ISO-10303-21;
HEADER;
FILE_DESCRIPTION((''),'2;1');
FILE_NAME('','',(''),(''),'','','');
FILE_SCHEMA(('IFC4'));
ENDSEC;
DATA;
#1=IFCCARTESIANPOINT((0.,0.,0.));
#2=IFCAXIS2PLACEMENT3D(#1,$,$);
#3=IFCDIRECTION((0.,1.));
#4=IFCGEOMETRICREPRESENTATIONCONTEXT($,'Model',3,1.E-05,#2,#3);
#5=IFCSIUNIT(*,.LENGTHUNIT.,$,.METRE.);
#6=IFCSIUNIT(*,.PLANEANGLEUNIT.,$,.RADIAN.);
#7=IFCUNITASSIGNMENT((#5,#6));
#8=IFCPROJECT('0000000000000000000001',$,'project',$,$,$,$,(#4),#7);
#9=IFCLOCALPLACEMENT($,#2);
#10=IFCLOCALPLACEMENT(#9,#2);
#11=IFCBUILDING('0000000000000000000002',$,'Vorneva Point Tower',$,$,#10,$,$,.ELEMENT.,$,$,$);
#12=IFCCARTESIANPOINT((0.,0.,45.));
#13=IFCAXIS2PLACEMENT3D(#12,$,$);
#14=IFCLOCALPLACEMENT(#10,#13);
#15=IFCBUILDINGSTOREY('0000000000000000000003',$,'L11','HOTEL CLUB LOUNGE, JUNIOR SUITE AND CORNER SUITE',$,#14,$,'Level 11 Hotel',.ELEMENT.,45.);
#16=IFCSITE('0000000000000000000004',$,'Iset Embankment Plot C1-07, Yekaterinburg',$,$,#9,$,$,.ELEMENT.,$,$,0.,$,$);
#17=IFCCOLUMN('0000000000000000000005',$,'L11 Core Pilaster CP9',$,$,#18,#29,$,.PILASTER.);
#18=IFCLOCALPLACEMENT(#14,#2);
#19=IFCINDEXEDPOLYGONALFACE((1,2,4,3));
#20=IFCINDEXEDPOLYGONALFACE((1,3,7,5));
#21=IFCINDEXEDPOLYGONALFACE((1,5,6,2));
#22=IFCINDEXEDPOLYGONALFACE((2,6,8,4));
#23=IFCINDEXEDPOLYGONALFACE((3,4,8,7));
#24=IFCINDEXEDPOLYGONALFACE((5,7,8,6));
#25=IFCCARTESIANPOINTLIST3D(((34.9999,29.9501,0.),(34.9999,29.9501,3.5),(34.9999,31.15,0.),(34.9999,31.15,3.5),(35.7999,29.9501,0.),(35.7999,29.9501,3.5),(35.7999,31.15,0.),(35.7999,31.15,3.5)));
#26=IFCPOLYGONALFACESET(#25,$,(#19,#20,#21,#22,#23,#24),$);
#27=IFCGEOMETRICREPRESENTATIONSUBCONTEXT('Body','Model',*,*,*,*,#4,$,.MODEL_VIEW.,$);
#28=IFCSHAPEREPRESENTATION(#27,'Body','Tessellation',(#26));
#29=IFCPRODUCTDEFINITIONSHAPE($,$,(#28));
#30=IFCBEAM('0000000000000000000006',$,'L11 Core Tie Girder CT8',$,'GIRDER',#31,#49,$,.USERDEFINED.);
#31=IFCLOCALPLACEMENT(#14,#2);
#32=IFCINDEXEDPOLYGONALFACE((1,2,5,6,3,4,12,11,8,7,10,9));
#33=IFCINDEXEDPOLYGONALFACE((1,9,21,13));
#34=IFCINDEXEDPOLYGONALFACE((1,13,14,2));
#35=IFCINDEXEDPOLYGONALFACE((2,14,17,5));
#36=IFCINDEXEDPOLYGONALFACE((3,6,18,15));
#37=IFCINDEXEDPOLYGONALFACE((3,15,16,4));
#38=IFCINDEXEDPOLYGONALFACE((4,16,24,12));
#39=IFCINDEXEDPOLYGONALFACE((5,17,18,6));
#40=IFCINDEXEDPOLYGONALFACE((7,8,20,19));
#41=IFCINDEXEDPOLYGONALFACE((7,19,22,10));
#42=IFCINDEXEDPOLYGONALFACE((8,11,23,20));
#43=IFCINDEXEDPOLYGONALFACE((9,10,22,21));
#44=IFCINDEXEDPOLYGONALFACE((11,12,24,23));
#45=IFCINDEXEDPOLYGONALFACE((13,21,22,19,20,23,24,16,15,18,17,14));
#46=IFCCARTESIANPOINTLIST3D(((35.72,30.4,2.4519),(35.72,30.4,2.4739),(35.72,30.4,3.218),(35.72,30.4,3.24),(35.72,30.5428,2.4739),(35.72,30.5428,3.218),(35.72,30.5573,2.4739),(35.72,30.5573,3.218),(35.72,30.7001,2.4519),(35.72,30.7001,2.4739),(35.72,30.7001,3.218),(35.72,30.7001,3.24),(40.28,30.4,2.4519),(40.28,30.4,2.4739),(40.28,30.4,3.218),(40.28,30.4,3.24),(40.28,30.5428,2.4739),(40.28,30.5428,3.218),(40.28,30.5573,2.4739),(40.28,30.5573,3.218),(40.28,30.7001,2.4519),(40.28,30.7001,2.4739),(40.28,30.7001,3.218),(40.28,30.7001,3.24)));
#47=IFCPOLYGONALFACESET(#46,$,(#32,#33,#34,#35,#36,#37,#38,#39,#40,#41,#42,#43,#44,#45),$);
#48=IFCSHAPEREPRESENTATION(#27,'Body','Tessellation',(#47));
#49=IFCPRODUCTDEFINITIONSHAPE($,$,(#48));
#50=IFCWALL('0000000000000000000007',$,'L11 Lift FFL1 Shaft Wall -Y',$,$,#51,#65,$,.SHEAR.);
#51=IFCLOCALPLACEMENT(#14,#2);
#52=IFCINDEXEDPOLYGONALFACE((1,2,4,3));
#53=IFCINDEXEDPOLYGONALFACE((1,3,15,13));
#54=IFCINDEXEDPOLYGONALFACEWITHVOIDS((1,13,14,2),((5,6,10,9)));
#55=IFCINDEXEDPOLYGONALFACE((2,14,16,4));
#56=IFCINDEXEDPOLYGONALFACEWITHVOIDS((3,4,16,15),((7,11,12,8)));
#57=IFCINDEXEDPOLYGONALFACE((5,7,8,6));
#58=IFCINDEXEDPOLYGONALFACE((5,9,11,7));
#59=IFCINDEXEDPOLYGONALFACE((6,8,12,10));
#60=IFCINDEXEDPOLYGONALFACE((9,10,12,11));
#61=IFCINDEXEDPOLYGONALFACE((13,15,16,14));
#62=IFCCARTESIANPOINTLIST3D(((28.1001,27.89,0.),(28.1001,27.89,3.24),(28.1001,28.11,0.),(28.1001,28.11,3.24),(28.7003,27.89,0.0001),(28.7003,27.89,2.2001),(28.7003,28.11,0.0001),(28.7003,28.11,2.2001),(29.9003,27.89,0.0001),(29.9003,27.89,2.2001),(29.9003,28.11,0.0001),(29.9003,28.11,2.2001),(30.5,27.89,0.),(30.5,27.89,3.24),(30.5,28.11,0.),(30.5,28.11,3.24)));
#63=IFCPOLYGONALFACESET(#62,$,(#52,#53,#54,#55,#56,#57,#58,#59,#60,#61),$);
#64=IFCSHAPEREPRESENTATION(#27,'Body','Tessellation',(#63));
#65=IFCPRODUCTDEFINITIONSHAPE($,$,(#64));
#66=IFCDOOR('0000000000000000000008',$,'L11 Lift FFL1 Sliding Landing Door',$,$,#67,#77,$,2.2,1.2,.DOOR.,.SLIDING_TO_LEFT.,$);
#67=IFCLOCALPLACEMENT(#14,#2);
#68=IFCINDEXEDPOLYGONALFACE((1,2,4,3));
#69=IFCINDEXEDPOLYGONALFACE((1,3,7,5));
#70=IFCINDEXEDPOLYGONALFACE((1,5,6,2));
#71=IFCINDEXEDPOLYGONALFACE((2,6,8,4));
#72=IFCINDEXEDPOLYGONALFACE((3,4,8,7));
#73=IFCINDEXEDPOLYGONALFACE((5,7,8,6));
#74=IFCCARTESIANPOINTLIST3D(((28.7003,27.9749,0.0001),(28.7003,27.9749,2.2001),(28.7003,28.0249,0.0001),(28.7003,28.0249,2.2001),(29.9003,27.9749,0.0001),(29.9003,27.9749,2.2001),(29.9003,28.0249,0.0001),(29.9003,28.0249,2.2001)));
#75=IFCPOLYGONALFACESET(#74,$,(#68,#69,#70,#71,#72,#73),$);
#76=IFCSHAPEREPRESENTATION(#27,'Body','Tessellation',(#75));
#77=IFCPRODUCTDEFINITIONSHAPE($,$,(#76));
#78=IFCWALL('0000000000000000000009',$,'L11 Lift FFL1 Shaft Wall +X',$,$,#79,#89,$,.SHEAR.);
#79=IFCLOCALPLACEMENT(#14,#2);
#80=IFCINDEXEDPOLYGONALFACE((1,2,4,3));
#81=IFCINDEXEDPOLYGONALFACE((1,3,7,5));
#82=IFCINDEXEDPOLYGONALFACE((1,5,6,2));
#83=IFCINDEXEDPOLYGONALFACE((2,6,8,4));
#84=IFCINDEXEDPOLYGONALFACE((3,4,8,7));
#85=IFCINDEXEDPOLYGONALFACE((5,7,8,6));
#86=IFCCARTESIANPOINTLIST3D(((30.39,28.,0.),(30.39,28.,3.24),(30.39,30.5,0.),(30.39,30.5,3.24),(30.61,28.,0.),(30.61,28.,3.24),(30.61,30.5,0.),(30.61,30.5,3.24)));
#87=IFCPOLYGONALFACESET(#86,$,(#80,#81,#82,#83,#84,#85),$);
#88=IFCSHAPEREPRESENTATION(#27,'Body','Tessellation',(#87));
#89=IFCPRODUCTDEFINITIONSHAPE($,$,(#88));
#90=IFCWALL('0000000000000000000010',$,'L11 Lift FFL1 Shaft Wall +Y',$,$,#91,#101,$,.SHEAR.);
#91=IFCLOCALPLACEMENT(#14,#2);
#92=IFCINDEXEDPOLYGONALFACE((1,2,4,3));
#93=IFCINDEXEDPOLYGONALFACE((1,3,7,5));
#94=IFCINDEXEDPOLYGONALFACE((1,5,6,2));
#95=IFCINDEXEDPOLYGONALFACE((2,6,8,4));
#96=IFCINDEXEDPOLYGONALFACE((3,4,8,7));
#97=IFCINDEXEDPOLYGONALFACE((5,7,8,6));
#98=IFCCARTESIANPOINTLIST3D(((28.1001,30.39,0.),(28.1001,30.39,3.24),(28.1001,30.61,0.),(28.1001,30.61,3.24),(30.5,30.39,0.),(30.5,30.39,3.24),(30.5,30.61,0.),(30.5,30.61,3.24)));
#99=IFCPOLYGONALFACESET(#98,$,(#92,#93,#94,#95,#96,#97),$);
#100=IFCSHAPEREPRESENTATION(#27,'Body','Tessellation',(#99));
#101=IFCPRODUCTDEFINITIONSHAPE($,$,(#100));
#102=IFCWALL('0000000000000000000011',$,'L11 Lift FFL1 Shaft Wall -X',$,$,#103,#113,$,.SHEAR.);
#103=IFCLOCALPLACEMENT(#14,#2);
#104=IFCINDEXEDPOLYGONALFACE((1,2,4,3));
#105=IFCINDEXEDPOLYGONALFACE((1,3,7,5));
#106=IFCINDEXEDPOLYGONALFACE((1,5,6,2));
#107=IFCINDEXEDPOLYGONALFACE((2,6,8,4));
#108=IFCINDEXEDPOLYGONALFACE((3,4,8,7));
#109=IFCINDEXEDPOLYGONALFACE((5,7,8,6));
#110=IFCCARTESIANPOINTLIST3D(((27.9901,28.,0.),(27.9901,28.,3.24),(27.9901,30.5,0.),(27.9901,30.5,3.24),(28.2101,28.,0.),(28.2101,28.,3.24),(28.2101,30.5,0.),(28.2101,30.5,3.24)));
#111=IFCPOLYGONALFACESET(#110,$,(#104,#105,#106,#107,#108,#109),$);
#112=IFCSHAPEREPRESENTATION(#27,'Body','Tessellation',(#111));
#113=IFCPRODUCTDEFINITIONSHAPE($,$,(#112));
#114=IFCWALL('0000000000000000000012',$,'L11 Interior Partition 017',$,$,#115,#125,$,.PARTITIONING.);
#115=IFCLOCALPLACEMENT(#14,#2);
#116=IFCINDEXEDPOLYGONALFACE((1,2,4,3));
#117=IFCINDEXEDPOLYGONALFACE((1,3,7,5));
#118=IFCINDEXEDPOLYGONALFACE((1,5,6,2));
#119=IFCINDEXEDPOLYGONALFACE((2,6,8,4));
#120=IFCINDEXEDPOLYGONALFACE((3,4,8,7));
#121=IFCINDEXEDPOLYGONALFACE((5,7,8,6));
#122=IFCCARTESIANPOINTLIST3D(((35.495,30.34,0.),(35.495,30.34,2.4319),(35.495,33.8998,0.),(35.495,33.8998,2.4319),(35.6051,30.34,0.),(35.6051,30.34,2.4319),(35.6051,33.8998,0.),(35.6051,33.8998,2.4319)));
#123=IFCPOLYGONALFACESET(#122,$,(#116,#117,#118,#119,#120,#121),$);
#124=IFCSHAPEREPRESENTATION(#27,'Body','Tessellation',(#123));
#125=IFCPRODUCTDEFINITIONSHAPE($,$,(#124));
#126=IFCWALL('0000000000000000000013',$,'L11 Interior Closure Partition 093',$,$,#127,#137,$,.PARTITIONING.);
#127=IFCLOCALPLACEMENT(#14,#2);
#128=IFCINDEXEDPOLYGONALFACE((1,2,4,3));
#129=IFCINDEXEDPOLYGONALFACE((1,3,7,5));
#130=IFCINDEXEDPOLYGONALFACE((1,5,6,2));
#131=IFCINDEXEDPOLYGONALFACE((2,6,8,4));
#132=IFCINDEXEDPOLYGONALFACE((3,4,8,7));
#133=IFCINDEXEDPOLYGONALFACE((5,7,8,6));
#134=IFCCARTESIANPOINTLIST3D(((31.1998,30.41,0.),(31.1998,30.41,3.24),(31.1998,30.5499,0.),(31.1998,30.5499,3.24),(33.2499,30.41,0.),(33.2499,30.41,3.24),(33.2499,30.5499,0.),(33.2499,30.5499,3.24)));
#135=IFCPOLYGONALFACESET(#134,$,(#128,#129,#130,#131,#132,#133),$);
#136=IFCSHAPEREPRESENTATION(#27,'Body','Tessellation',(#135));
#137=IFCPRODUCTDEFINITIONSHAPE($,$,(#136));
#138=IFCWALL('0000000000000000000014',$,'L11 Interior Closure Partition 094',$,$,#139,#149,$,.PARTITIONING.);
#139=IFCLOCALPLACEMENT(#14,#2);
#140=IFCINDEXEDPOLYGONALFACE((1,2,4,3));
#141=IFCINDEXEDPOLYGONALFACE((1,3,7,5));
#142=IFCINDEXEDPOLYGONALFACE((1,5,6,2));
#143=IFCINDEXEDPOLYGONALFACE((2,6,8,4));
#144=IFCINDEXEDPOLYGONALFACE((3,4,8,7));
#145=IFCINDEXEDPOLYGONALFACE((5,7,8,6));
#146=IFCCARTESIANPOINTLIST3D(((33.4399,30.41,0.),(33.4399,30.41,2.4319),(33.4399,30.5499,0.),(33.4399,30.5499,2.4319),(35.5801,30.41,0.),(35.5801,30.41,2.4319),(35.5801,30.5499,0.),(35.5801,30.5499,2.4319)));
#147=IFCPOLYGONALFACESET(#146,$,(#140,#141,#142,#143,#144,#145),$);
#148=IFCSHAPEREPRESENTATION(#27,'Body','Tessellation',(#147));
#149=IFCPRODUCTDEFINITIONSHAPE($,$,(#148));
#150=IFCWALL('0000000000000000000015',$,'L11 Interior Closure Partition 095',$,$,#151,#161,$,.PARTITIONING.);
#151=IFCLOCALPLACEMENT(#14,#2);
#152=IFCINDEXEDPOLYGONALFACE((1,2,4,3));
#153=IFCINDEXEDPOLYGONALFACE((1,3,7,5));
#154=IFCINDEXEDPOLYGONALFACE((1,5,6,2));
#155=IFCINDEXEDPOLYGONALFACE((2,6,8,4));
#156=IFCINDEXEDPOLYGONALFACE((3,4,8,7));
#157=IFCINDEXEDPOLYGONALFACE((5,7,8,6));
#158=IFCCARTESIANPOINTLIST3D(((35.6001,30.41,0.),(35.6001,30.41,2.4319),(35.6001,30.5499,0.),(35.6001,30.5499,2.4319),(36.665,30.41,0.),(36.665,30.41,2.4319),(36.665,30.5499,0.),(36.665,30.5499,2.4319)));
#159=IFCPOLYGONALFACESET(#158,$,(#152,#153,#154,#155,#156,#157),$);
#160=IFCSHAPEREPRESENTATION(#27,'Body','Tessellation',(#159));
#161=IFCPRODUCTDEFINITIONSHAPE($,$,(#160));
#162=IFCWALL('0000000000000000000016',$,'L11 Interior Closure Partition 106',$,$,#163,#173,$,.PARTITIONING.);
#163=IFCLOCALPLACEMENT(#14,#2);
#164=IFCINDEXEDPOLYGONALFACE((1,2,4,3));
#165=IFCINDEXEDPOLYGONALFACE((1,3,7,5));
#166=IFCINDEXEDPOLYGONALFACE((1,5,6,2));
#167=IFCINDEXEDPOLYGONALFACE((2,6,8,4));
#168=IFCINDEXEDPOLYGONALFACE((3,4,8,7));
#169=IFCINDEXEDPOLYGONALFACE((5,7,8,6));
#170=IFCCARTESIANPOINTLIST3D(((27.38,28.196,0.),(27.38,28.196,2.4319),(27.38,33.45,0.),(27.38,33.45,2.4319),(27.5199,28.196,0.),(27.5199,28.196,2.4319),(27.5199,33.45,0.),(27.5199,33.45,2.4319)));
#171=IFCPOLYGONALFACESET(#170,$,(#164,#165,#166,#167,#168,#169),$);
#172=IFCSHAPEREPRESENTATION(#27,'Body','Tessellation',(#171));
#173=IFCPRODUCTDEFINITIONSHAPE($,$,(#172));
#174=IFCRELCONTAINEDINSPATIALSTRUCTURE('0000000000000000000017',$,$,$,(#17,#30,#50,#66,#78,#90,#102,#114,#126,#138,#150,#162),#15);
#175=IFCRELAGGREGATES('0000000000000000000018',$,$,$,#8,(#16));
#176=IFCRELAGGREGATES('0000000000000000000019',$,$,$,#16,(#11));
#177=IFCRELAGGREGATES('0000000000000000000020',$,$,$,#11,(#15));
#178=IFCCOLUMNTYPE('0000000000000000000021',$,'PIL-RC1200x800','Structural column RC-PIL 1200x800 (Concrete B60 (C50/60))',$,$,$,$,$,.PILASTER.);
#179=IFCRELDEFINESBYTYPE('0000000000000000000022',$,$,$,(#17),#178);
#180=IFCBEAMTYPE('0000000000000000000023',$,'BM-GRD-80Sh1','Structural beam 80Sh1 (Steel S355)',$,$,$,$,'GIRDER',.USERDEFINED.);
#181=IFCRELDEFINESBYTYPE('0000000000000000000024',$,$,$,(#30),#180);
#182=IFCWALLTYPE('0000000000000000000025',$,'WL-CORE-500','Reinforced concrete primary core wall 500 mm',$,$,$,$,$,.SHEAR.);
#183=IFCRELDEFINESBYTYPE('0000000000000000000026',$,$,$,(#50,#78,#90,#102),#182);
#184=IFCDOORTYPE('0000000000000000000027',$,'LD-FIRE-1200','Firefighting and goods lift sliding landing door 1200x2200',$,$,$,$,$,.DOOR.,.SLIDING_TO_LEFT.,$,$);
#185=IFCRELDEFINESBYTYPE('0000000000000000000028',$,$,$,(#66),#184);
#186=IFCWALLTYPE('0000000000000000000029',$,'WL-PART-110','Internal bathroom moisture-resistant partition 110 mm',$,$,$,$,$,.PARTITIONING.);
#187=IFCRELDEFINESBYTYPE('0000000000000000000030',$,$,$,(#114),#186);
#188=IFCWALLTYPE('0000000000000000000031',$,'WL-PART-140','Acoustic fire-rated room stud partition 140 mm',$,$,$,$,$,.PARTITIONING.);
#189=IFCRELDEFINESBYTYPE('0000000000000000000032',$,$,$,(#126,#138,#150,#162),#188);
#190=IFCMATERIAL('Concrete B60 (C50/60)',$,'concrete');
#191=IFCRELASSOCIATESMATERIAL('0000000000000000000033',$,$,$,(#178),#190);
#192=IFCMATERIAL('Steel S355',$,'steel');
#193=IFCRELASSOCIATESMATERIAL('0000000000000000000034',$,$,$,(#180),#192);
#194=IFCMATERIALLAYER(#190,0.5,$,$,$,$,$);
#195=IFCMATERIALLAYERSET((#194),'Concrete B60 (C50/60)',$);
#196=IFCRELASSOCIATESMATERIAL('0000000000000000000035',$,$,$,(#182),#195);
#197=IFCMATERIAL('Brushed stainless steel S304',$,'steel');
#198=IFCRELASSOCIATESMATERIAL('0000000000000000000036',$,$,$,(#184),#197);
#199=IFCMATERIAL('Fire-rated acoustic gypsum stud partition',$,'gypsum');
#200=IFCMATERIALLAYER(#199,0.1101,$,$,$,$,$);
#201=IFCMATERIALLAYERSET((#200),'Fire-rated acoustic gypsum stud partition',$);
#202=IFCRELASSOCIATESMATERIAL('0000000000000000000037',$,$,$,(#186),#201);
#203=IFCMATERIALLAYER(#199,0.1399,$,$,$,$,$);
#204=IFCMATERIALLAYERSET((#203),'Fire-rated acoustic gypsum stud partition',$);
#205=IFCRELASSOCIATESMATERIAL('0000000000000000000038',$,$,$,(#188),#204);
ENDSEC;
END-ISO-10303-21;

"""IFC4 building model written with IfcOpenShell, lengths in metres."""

from ifc_helpers import new_model, si_unit, direction, frame, frame_2d, origin, origin_2d, place, context, subcontext, project, spatial, rectangle, i_section, extrude, material, layer, layer_set, material_profile, profile_set, type_object, element, fill, save


model = new_model("IFC4")

# Units and contexts
model_context = context("Model", 3, precision=1e-05, world=origin(), true_north=direction((0.0, 1.0)))
body_context = subcontext(model_context, "Body", "Model", "MODEL_VIEW")
ifc_project = project(units=[si_unit("LENGTHUNIT", "METRE"), si_unit("PLANEANGLEUNIT", "RADIAN")], contexts=[model_context])

# Site, building, storey
site_placement = place(None, origin())
site = spatial("IfcSite", under=ifc_project, at=site_placement, Name="Iset Embankment Plot C1-07, Yekaterinburg", CompositionType="ELEMENT", RefElevation=0.0)
building_placement = place(site_placement, origin())
building = spatial("IfcBuilding", under=site, at=building_placement, Name="Vorneva Point Tower", CompositionType="ELEMENT")
storey_placement = place(building_placement, frame((0.0, 0.0, 45.0)))
storey = spatial("IfcBuildingStorey", under=building, at=storey_placement, Name="L11", Description="HOTEL CLUB LOUNGE, JUNIOR SUITE AND CORNER SUITE", LongName="Level 11 Hotel", CompositionType="ELEMENT", Elevation=45.0)

# Column
ifc_material_1 = material(Name="Concrete B60 (C50/60)", Category="concrete")
ifc_material_profile_1 = material_profile(ifc_material_1, rectangle(XDim=0.8, YDim=1.2, at=origin_2d()), Name="RC-PIL 1200x800")
ifc_profile_set_1 = profile_set([ifc_material_profile_1], Name="Concrete B60 (C50/60)")
column_type = type_object("IfcColumnType", Name="PIL-RC1200x800", Description="Structural column RC-PIL 1200x800 (Concrete B60 (C50/60))", PredefinedType="PILASTER", material=ifc_profile_set_1)
column_placement = place(storey_placement, frame((35.3999, 30.55, 0.0), z_axis=(0.0, 0.0, 1.0), x_axis=(1.0, 0.0, 0.0)))
element("IfcColumn", 1, at=column_placement, inside=storey, type_object=column_type, Name="L11 Core Pilaster CP9", PredefinedType="PILASTER", context=body_context, shape_type="SweptSolid", body=[
    extrude(rectangle(XDim=0.8, YDim=1.2, at=origin_2d()), origin(), (0.0, 0.0, 1.0), 3.5),
])

# Beam
ifc_material_2 = material(Name="Steel S355", Category="steel")
ifc_material_profile_2 = material_profile(ifc_material_2, i_section(OverallWidth=0.3, OverallDepth=0.7881, WebThickness=0.0144, FlangeThickness=0.022, at=origin_2d()), Name="80Sh1")
ifc_profile_set_2 = profile_set([ifc_material_profile_2], Name="Steel S355")
beam_type = type_object("IfcBeamType", Name="BM-GRD-80Sh1", Description="Structural beam 80Sh1 (Steel S355)", ElementType="GIRDER", PredefinedType="USERDEFINED", material=ifc_profile_set_2)
beam_placement = place(storey_placement, frame((35.72, 30.55, 2.8459), z_axis=(1.0, 0.0, 0.0), x_axis=(0.0, 1.0, 0.0)))
element("IfcBeam", 2, at=beam_placement, inside=storey, type_object=beam_type, Name="L11 Core Tie Girder CT8", ObjectType="GIRDER", PredefinedType="USERDEFINED", context=body_context, shape_type="SweptSolid", body=[
    extrude(i_section(OverallWidth=0.3, OverallDepth=0.7881, WebThickness=0.0144, FlangeThickness=0.022, at=origin_2d()), origin(), (0.0, 0.0, 1.0), 4.5601),
])

# Wall, opening, door
ifc_layer_1 = layer(ifc_material_1, 0.5)
ifc_layer_set_1 = layer_set([ifc_layer_1], Name="Concrete B60 (C50/60)")
wall_type_1 = type_object("IfcWallType", Name="WL-CORE-500", Description="Reinforced concrete primary core wall 500 mm", PredefinedType="SHEAR", material=ifc_layer_set_1)
wall_1_placement = place(storey_placement, frame((28.1001, 28.0, 0.0), z_axis=(0.0, 0.0, 1.0), x_axis=(1.0, 0.0, 0.0)))
wall_1 = element("IfcWall", 3, at=wall_1_placement, inside=storey, type_object=wall_type_1, Name="L11 Lift FFL1 Shaft Wall -Y", PredefinedType="SHEAR", context=body_context, shape_type="SweptSolid", body=[
    extrude(rectangle(XDim=2.3999, YDim=0.22, at=frame_2d((1.2, 0.0))), origin(), (0.0, 0.0, 1.0), 3.24),
])
opening_1_placement = place(wall_1_placement, frame((0.6001, 0.0, 0.0)))
opening_1 = element("IfcOpeningElement", 4, at=opening_1_placement, cuts=wall_1, PredefinedType="OPENING", context=body_context, shape_type="SweptSolid", body=[
    extrude(rectangle(XDim=1.2, YDim=2.2, at=frame_2d((0.6001, 1.1001))), frame((0.0, 0.125, 0.0), z_axis=(0.0, -1.0, 0.0), x_axis=(1.0, 0.0, 0.0)), (0.0, 0.0, 1.0), 0.2498),
])
ifc_material_3 = material(Name="Brushed stainless steel S304", Category="steel")
door_type_1 = type_object("IfcDoorType", Name="LD-FIRE-1200", Description="Firefighting and goods lift sliding landing door 1200x2200", OperationType="SLIDING_TO_LEFT", PredefinedType="DOOR", material=ifc_material_3)
door_1_placement = place(opening_1_placement, origin())
door_1 = element("IfcDoor", 5, at=door_1_placement, inside=storey, type_object=door_type_1, Name="L11 Lift FFL1 Sliding Landing Door", OperationType="SLIDING_TO_LEFT", OverallHeight=2.2, OverallWidth=1.2, PredefinedType="DOOR", context=body_context, shape_type="SweptSolid", body=[
    extrude(rectangle(XDim=1.2, YDim=2.2, at=frame_2d((0.6001, 1.1001))), frame((0.0, 0.0249, 0.0), z_axis=(0.0, -1.0, 0.0), x_axis=(1.0, 0.0, 0.0)), (0.0, 0.0, 1.0), 0.05),
])
fill(opening_1, door_1)

# Walls
wall_2_placement = place(storey_placement, frame((30.5, 28.0, 0.0), z_axis=(0.0, 0.0, 1.0), x_axis=(0.0, 1.0, 0.0)))
element("IfcWall", 6, at=wall_2_placement, inside=storey, type_object=wall_type_1, Name="L11 Lift FFL1 Shaft Wall +X", PredefinedType="SHEAR", context=body_context, shape_type="SweptSolid", body=[
    extrude(rectangle(XDim=2.5, YDim=0.22, at=frame_2d((1.25, 0.0))), origin(), (0.0, 0.0, 1.0), 3.24),
])
wall_3_placement = place(storey_placement, frame((30.5, 30.5, 0.0), z_axis=(0.0, 0.0, 1.0), x_axis=(-1.0, 0.0, 0.0)))
element("IfcWall", 7, at=wall_3_placement, inside=storey, type_object=wall_type_1, Name="L11 Lift FFL1 Shaft Wall +Y", PredefinedType="SHEAR", context=body_context, shape_type="SweptSolid", body=[
    extrude(rectangle(XDim=2.3999, YDim=0.22, at=frame_2d((1.2, 0.0))), origin(), (0.0, 0.0, 1.0), 3.24),
])
wall_4_placement = place(storey_placement, frame((28.1001, 30.5, 0.0), z_axis=(0.0, 0.0, 1.0), x_axis=(0.0, -1.0, 0.0)))
element("IfcWall", 8, at=wall_4_placement, inside=storey, type_object=wall_type_1, Name="L11 Lift FFL1 Shaft Wall -X", PredefinedType="SHEAR", context=body_context, shape_type="SweptSolid", body=[
    extrude(rectangle(XDim=2.5, YDim=0.22, at=frame_2d((1.25, 0.0))), origin(), (0.0, 0.0, 1.0), 3.24),
])
ifc_material_4 = material(Name="Fire-rated acoustic gypsum stud partition", Category="gypsum")
ifc_layer_2 = layer(ifc_material_4, 0.1101)
ifc_layer_set_2 = layer_set([ifc_layer_2], Name="Fire-rated acoustic gypsum stud partition")
wall_type_2 = type_object("IfcWallType", Name="WL-PART-110", Description="Internal bathroom moisture-resistant partition 110 mm", PredefinedType="PARTITIONING", material=ifc_layer_set_2)
wall_5_placement = place(storey_placement, frame((35.55, 30.3401, 0.0), z_axis=(0.0, 0.0, 1.0), x_axis=(0.0, 1.0, 0.0)))
element("IfcWall", 9, at=wall_5_placement, inside=storey, type_object=wall_type_2, Name="L11 Interior Partition 017", PredefinedType="PARTITIONING", context=body_context, shape_type="SweptSolid", body=[
    extrude(rectangle(XDim=3.5598, YDim=0.1101, at=frame_2d((1.7798, 0.0))), origin(), (0.0, 0.0, 1.0), 2.4319),
])
ifc_layer_3 = layer(ifc_material_4, 0.1399)
ifc_layer_set_3 = layer_set([ifc_layer_3], Name="Fire-rated acoustic gypsum stud partition")
wall_type_3 = type_object("IfcWallType", Name="WL-PART-140", Description="Acoustic fire-rated room stud partition 140 mm", PredefinedType="PARTITIONING", material=ifc_layer_set_3)
wall_6_placement = place(storey_placement, frame((31.2, 30.48, 0.0), z_axis=(0.0, 0.0, 1.0), x_axis=(1.0, 0.0, 0.0)))
element("IfcWall", 10, at=wall_6_placement, inside=storey, type_object=wall_type_3, Name="L11 Interior Closure Partition 093", PredefinedType="PARTITIONING", context=body_context, shape_type="SweptSolid", body=[
    extrude(rectangle(XDim=2.05, YDim=0.1399, at=frame_2d((1.0249, 0.0))), origin(), (0.0, 0.0, 1.0), 3.24),
])
wall_7_placement = place(storey_placement, frame((33.4399, 30.48, 0.0), z_axis=(0.0, 0.0, 1.0), x_axis=(1.0, 0.0, 0.0)))
element("IfcWall", 11, at=wall_7_placement, inside=storey, type_object=wall_type_3, Name="L11 Interior Closure Partition 094", PredefinedType="PARTITIONING", context=body_context, shape_type="SweptSolid", body=[
    extrude(rectangle(XDim=2.1401, YDim=0.1399, at=frame_2d((1.0701, 0.0))), origin(), (0.0, 0.0, 1.0), 2.4319),
])
wall_8_placement = place(storey_placement, frame((35.6001, 30.48, 0.0), z_axis=(0.0, 0.0, 1.0), x_axis=(1.0, 0.0, 0.0)))
element("IfcWall", 12, at=wall_8_placement, inside=storey, type_object=wall_type_3, Name="L11 Interior Closure Partition 095", PredefinedType="PARTITIONING", context=body_context, shape_type="SweptSolid", body=[
    extrude(rectangle(XDim=1.0649, YDim=0.1399, at=frame_2d((0.5325, 0.0))), origin(), (0.0, 0.0, 1.0), 2.4319),
])
wall_9_placement = place(storey_placement, frame((27.45, 28.196, 0.0), z_axis=(0.0, 0.0, 1.0), x_axis=(0.0, 1.0, 0.0)))
element("IfcWall", 13, at=wall_9_placement, inside=storey, type_object=wall_type_3, Name="L11 Interior Closure Partition 106", PredefinedType="PARTITIONING", context=body_context, shape_type="SweptSolid", body=[
    extrude(rectangle(XDim=5.2539, YDim=0.1399, at=frame_2d((2.627, 0.0))), origin(), (0.0, 0.0, 1.0), 2.4319),
])

save(model, "model.ifc")
